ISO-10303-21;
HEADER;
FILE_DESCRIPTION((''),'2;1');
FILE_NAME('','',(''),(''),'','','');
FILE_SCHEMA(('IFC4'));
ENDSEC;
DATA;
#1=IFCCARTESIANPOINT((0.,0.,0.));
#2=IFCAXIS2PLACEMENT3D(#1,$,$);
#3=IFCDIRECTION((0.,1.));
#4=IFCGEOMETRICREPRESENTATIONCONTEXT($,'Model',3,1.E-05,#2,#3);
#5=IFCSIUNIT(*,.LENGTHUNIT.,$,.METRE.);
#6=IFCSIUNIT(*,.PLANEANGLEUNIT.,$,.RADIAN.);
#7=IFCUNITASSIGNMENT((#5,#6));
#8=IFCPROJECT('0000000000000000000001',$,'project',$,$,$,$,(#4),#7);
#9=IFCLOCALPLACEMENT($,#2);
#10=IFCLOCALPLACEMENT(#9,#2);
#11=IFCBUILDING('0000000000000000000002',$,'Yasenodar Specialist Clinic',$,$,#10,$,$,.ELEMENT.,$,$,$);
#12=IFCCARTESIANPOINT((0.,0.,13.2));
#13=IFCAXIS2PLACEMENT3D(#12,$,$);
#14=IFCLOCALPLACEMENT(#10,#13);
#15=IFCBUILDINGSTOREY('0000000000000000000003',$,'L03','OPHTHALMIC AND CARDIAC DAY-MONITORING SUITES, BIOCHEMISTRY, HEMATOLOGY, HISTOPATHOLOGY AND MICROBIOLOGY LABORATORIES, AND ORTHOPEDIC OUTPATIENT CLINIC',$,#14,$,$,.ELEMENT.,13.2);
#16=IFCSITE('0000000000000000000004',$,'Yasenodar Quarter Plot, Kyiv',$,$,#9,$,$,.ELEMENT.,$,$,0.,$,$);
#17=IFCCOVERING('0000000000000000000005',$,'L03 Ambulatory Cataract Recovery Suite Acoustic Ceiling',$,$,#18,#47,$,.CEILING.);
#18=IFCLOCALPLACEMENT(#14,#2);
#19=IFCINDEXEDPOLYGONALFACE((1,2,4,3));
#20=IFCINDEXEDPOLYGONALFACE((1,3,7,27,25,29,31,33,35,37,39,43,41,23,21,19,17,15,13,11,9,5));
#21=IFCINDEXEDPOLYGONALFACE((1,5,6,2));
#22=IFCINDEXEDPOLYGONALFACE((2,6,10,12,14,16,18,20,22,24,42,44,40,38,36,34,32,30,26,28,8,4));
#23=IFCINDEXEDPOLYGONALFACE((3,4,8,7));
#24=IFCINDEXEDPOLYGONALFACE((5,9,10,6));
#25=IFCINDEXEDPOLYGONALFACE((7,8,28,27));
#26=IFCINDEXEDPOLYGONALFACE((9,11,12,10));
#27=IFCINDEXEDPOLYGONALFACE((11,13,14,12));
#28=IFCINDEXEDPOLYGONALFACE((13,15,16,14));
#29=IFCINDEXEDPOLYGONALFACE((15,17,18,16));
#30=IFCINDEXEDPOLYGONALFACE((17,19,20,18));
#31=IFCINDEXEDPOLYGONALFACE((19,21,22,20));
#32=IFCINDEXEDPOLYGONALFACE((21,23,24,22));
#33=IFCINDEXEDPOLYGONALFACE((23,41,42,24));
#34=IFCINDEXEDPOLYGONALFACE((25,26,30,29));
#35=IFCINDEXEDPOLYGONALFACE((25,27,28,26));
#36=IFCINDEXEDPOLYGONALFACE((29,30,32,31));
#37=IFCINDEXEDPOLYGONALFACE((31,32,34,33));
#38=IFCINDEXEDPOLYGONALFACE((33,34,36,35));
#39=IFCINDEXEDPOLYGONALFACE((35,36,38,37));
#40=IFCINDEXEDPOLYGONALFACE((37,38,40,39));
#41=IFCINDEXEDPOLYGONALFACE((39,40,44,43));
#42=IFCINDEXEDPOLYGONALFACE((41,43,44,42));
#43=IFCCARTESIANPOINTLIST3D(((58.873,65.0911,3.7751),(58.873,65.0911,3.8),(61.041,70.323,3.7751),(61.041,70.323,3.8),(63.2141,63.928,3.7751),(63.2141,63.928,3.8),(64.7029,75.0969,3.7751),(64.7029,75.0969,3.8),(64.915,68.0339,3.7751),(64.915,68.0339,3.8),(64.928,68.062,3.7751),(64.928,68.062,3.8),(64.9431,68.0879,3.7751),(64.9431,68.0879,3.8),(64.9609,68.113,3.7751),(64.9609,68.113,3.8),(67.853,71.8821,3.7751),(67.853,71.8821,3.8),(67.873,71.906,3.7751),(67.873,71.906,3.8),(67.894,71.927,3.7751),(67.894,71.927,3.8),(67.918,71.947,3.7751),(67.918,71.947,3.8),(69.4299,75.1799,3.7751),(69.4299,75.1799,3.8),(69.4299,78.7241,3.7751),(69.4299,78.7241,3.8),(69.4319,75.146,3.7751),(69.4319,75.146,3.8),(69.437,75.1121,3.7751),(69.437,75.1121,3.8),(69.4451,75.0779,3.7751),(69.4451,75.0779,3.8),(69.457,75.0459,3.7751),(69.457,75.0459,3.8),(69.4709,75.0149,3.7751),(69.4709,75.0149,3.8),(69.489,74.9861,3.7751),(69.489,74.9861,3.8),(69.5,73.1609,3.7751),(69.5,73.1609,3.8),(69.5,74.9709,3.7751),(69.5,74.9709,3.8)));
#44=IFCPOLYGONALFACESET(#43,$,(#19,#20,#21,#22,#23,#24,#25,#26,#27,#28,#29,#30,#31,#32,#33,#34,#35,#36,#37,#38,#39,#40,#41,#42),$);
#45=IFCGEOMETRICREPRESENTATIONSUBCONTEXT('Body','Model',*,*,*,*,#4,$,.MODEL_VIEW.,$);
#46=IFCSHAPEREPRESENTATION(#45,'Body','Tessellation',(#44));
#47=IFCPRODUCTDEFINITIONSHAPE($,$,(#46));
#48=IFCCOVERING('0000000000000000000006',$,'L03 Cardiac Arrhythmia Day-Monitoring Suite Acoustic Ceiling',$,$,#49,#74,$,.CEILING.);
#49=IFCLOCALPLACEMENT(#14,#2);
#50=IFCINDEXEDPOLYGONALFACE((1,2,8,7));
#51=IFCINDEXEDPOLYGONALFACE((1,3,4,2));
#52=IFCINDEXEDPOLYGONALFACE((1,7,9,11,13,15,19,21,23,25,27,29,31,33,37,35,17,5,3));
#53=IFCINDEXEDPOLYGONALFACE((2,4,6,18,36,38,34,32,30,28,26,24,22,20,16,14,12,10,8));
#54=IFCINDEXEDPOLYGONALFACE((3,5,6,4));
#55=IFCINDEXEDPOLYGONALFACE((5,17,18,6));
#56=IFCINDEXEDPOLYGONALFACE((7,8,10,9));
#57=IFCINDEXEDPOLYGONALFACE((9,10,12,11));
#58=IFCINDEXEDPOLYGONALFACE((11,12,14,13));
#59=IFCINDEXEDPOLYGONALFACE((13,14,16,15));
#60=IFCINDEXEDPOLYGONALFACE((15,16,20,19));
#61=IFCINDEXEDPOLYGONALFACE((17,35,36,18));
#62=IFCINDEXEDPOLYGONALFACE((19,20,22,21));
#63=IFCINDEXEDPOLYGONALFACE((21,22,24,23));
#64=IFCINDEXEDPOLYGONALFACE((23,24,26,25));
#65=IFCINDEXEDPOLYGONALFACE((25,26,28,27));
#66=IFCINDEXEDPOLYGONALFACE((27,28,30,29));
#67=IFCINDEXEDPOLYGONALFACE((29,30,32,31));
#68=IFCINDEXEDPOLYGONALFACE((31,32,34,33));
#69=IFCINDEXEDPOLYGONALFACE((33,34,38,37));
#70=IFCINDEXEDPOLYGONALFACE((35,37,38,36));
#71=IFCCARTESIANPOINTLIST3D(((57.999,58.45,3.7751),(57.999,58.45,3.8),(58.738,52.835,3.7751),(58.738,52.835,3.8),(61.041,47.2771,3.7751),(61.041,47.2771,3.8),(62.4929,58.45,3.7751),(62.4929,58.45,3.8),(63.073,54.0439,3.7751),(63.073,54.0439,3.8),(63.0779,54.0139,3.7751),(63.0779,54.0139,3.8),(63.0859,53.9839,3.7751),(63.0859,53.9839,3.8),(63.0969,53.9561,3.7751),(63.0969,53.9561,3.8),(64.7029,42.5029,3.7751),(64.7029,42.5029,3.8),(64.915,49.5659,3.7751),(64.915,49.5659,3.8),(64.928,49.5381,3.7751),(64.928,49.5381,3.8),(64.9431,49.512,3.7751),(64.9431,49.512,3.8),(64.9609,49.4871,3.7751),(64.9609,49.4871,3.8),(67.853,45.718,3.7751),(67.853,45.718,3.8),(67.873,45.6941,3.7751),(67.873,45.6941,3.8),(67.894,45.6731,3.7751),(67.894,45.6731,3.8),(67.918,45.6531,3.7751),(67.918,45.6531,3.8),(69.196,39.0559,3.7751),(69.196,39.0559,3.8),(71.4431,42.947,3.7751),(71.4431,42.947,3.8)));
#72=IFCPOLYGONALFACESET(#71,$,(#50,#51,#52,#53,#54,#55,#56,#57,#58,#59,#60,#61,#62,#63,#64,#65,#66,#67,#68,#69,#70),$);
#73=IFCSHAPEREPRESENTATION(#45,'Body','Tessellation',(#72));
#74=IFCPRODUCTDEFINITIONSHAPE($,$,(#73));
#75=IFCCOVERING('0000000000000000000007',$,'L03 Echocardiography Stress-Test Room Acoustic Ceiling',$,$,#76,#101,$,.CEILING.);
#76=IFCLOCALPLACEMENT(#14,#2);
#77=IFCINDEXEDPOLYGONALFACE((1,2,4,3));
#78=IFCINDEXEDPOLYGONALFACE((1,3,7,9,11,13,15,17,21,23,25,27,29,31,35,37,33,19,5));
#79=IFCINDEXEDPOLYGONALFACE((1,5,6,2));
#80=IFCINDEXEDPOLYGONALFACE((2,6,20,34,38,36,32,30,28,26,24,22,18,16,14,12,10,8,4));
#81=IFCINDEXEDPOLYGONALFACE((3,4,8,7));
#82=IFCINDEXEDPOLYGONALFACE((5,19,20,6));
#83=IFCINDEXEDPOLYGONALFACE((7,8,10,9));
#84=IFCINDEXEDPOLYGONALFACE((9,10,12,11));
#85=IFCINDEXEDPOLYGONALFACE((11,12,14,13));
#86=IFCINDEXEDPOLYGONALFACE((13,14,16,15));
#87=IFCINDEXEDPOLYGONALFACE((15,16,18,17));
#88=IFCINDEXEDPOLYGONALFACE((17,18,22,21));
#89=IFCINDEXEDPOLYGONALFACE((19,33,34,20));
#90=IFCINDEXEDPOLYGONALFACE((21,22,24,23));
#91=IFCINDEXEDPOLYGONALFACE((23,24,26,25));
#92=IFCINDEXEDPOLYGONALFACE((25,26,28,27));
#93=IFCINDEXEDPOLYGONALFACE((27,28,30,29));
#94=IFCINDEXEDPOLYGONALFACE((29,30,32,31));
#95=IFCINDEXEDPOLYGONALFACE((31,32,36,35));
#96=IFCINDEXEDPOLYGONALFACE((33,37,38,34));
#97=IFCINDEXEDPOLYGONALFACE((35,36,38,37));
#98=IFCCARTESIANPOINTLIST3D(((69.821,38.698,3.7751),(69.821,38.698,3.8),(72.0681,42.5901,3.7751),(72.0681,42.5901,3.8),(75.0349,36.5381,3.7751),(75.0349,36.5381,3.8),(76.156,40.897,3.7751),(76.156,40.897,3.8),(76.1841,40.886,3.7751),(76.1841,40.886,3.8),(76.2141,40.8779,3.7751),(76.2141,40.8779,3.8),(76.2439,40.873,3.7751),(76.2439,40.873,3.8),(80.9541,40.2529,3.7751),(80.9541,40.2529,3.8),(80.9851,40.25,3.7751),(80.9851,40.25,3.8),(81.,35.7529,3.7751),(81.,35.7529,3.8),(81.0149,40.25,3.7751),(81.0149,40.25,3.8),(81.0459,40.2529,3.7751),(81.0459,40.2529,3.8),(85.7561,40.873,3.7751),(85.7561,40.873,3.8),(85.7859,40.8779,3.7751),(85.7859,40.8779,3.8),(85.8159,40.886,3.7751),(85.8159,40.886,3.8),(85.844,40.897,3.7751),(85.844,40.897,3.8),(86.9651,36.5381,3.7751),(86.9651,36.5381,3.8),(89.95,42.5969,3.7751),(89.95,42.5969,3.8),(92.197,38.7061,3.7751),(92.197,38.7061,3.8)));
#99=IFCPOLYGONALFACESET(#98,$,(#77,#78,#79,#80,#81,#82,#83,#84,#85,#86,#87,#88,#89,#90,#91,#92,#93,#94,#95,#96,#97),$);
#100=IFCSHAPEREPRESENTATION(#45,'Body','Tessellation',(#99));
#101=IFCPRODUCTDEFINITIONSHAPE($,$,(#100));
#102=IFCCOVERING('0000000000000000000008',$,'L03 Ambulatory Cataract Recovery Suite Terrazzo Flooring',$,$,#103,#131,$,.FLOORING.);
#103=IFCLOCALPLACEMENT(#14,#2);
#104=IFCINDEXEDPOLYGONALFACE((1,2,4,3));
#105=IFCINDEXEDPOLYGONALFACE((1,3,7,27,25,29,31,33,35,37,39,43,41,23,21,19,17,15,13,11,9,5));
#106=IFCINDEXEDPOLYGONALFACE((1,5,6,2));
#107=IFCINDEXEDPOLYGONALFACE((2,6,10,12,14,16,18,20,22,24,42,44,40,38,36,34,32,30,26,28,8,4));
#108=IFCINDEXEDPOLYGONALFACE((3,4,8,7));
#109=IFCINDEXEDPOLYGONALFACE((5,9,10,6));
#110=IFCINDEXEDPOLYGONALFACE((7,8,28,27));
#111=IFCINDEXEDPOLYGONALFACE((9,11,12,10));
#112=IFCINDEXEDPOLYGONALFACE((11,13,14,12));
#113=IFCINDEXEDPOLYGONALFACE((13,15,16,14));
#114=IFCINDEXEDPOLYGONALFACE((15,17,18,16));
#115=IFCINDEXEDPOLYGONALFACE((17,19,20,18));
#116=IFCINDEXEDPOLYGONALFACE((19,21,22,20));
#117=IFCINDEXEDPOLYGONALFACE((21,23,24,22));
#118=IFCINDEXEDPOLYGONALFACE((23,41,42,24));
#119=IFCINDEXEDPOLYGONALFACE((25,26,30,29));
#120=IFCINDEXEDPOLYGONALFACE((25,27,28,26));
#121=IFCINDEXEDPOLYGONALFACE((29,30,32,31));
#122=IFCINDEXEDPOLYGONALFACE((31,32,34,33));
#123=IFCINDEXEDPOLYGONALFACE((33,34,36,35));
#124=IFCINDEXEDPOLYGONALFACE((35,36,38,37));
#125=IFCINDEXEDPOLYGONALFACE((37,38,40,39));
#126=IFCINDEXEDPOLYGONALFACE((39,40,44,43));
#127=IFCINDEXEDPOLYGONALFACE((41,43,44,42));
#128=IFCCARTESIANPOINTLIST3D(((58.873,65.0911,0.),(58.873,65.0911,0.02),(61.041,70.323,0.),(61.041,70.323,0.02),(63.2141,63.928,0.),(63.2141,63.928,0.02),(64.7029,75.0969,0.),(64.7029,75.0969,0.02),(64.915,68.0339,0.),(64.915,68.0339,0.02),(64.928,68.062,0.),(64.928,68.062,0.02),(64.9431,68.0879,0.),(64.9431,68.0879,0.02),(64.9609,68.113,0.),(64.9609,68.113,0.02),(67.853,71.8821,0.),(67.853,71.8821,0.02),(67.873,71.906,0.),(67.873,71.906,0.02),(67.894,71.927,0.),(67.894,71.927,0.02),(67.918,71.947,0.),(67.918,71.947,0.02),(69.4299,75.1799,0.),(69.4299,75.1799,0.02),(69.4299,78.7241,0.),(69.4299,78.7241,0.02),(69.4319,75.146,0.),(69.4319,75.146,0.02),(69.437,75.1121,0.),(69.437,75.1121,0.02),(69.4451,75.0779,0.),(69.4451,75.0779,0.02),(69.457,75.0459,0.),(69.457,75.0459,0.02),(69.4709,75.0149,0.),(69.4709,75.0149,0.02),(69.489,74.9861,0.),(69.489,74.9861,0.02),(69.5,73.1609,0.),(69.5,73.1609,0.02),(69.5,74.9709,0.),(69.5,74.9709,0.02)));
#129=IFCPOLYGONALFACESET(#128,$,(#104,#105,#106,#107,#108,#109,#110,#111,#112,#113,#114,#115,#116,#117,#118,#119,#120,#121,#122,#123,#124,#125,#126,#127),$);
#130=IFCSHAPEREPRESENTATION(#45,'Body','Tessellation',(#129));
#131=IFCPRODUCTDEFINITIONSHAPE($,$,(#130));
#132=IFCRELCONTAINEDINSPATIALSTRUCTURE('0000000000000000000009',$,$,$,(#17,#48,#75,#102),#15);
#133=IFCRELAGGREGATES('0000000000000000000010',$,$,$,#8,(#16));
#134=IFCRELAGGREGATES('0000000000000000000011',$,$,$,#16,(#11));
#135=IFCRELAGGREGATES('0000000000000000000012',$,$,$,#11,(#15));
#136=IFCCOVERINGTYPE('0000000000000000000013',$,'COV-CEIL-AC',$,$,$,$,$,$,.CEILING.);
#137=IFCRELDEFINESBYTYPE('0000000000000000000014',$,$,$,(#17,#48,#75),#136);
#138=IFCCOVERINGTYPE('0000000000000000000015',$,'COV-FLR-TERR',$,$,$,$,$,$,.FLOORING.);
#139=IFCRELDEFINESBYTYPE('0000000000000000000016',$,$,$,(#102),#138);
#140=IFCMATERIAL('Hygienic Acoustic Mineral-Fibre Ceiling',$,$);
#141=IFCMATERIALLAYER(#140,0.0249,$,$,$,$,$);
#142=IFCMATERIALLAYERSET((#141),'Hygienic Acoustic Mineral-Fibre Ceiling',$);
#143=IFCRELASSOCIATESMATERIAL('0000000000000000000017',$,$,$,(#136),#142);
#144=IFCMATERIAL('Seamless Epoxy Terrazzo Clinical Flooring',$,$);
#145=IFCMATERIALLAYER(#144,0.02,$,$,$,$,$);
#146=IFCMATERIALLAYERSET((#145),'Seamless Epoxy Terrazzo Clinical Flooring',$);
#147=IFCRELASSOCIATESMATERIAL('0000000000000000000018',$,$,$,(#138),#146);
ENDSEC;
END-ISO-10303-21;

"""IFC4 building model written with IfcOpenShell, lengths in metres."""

from ifc_helpers import new_model, si_unit, direction, frame, origin, place, context, subcontext, project, spatial, polyline, outline, extrude, material, layer, layer_set, type_object, element, save


model = new_model("IFC4")

# Units and contexts
model_context = context("Model", 3, precision=1e-05, world=origin(), true_north=direction((0.0, 1.0)))
body_context = subcontext(model_context, "Body", "Model", "MODEL_VIEW")
ifc_project = project(units=[si_unit("LENGTHUNIT", "METRE"), si_unit("PLANEANGLEUNIT", "RADIAN")], contexts=[model_context])

# Site, building, storey
site_placement = place(None, origin())
site = spatial("IfcSite", under=ifc_project, at=site_placement, Name="Yasenodar Quarter Plot, Kyiv", CompositionType="ELEMENT", RefElevation=0.0)
building_placement = place(site_placement, origin())
building = spatial("IfcBuilding", under=site, at=building_placement, Name="Yasenodar Specialist Clinic", CompositionType="ELEMENT")
storey_placement = place(building_placement, frame((0.0, 0.0, 13.2)))
storey = spatial("IfcBuildingStorey", under=building, at=storey_placement, Name="L03", Description="OPHTHALMIC AND CARDIAC DAY-MONITORING SUITES, BIOCHEMISTRY, HEMATOLOGY, HISTOPATHOLOGY AND MICROBIOLOGY LABORATORIES, AND ORTHOPEDIC OUTPATIENT CLINIC", CompositionType="ELEMENT", Elevation=13.2)

# Coverings
ifc_material_1 = material(Name="Hygienic Acoustic Mineral-Fibre Ceiling")
ifc_layer_1 = layer(ifc_material_1, 0.0249)
ifc_layer_set_1 = layer_set([ifc_layer_1], Name="Hygienic Acoustic Mineral-Fibre Ceiling")
covering_type_1 = type_object("IfcCoveringType", Name="COV-CEIL-AC", PredefinedType="CEILING", material=ifc_layer_set_1)
covering_1_placement = place(storey_placement, frame((0.0, 0.0, 3.7751)))
element("IfcCovering", 1, at=covering_1_placement, inside=storey, type_object=covering_type_1, Name="L03 Ambulatory Cataract Recovery Suite Acoustic Ceiling", PredefinedType="CEILING", context=body_context, shape_type="SweptSolid", body=[
    extrude(outline(polyline([(67.873, 71.906), (67.853, 71.8821), (64.9609, 68.113), (64.9431, 68.0879), (64.928, 68.062), (64.915, 68.0339), (63.2141, 63.928), (58.873, 65.0911), (61.041, 70.323), (64.7029, 75.0969), (69.4299, 78.7241), (69.4299, 75.1799), (69.4319, 75.146), (69.437, 75.1121), (69.4451, 75.0779), (69.457, 75.0459), (69.4709, 75.0149), (69.489, 74.9861), (69.5, 74.9709), (69.5, 73.1609), (67.918, 71.947), (67.894, 71.927), (67.873, 71.906)])), origin(), (0.0, 0.0, 1.0), 0.0249),
])
covering_2_placement = place(storey_placement, frame((0.0, 0.0, 3.7751)))
element("IfcCovering", 2, at=covering_2_placement, inside=storey, type_object=covering_type_1, Name="L03 Cardiac Arrhythmia Day-Monitoring Suite Acoustic Ceiling", PredefinedType="CEILING", context=body_context, shape_type="SweptSolid", body=[
    extrude(outline(polyline([(63.0779, 54.0139), (63.0859, 53.9839), (63.0969, 53.9561), (64.915, 49.5659), (64.928, 49.5381), (64.9431, 49.512), (64.9609, 49.4871), (67.853, 45.718), (67.873, 45.6941), (67.894, 45.6731), (67.918, 45.6531), (71.4431, 42.947), (69.196, 39.0559), (64.7029, 42.5029), (61.041, 47.2771), (58.738, 52.835), (57.999, 58.45), (62.4929, 58.45), (63.073, 54.0439), (63.0779, 54.0139)])), origin(), (0.0, 0.0, 1.0), 0.0249),
])
covering_3_placement = place(storey_placement, frame((0.0, 0.0, 3.7751)))
element("IfcCovering", 3, at=covering_3_placement, inside=storey, type_object=covering_type_1, Name="L03 Echocardiography Stress-Test Room Acoustic Ceiling", PredefinedType="CEILING", context=body_context, shape_type="SweptSolid", body=[
    extrude(outline(polyline([(76.2141, 40.8779), (76.2439, 40.873), (80.9541, 40.2529), (80.9851, 40.25), (81.0149, 40.25), (81.0459, 40.2529), (85.7561, 40.873), (85.7859, 40.8779), (85.8159, 40.886), (85.844, 40.897), (89.95, 42.5969), (92.197, 38.7061), (86.9651, 36.5381), (81.0, 35.7529), (75.0349, 36.5381), (69.821, 38.698), (72.0681, 42.5901), (76.156, 40.897), (76.1841, 40.886), (76.2141, 40.8779)])), origin(), (0.0, 0.0, 1.0), 0.0249),
])
ifc_material_2 = material(Name="Seamless Epoxy Terrazzo Clinical Flooring")
ifc_layer_2 = layer(ifc_material_2, 0.02)
ifc_layer_set_2 = layer_set([ifc_layer_2], Name="Seamless Epoxy Terrazzo Clinical Flooring")
covering_type_2 = type_object("IfcCoveringType", Name="COV-FLR-TERR", PredefinedType="FLOORING", material=ifc_layer_set_2)
covering_4_placement = place(storey_placement, origin())
element("IfcCovering", 4, at=covering_4_placement, inside=storey, type_object=covering_type_2, Name="L03 Ambulatory Cataract Recovery Suite Terrazzo Flooring", PredefinedType="FLOORING", context=body_context, shape_type="SweptSolid", body=[
    extrude(outline(polyline([(67.873, 71.906), (67.853, 71.8821), (64.9609, 68.113), (64.9431, 68.0879), (64.928, 68.062), (64.915, 68.0339), (63.2141, 63.928), (58.873, 65.0911), (61.041, 70.323), (64.7029, 75.0969), (69.4299, 78.7241), (69.4299, 75.1799), (69.4319, 75.146), (69.437, 75.1121), (69.4451, 75.0779), (69.457, 75.0459), (69.4709, 75.0149), (69.489, 74.9861), (69.5, 74.9709), (69.5, 73.1609), (67.918, 71.947), (67.894, 71.927), (67.873, 71.906)])), origin(), (0.0, 0.0, 1.0), 0.02),
])

save(model, "model.ifc")
